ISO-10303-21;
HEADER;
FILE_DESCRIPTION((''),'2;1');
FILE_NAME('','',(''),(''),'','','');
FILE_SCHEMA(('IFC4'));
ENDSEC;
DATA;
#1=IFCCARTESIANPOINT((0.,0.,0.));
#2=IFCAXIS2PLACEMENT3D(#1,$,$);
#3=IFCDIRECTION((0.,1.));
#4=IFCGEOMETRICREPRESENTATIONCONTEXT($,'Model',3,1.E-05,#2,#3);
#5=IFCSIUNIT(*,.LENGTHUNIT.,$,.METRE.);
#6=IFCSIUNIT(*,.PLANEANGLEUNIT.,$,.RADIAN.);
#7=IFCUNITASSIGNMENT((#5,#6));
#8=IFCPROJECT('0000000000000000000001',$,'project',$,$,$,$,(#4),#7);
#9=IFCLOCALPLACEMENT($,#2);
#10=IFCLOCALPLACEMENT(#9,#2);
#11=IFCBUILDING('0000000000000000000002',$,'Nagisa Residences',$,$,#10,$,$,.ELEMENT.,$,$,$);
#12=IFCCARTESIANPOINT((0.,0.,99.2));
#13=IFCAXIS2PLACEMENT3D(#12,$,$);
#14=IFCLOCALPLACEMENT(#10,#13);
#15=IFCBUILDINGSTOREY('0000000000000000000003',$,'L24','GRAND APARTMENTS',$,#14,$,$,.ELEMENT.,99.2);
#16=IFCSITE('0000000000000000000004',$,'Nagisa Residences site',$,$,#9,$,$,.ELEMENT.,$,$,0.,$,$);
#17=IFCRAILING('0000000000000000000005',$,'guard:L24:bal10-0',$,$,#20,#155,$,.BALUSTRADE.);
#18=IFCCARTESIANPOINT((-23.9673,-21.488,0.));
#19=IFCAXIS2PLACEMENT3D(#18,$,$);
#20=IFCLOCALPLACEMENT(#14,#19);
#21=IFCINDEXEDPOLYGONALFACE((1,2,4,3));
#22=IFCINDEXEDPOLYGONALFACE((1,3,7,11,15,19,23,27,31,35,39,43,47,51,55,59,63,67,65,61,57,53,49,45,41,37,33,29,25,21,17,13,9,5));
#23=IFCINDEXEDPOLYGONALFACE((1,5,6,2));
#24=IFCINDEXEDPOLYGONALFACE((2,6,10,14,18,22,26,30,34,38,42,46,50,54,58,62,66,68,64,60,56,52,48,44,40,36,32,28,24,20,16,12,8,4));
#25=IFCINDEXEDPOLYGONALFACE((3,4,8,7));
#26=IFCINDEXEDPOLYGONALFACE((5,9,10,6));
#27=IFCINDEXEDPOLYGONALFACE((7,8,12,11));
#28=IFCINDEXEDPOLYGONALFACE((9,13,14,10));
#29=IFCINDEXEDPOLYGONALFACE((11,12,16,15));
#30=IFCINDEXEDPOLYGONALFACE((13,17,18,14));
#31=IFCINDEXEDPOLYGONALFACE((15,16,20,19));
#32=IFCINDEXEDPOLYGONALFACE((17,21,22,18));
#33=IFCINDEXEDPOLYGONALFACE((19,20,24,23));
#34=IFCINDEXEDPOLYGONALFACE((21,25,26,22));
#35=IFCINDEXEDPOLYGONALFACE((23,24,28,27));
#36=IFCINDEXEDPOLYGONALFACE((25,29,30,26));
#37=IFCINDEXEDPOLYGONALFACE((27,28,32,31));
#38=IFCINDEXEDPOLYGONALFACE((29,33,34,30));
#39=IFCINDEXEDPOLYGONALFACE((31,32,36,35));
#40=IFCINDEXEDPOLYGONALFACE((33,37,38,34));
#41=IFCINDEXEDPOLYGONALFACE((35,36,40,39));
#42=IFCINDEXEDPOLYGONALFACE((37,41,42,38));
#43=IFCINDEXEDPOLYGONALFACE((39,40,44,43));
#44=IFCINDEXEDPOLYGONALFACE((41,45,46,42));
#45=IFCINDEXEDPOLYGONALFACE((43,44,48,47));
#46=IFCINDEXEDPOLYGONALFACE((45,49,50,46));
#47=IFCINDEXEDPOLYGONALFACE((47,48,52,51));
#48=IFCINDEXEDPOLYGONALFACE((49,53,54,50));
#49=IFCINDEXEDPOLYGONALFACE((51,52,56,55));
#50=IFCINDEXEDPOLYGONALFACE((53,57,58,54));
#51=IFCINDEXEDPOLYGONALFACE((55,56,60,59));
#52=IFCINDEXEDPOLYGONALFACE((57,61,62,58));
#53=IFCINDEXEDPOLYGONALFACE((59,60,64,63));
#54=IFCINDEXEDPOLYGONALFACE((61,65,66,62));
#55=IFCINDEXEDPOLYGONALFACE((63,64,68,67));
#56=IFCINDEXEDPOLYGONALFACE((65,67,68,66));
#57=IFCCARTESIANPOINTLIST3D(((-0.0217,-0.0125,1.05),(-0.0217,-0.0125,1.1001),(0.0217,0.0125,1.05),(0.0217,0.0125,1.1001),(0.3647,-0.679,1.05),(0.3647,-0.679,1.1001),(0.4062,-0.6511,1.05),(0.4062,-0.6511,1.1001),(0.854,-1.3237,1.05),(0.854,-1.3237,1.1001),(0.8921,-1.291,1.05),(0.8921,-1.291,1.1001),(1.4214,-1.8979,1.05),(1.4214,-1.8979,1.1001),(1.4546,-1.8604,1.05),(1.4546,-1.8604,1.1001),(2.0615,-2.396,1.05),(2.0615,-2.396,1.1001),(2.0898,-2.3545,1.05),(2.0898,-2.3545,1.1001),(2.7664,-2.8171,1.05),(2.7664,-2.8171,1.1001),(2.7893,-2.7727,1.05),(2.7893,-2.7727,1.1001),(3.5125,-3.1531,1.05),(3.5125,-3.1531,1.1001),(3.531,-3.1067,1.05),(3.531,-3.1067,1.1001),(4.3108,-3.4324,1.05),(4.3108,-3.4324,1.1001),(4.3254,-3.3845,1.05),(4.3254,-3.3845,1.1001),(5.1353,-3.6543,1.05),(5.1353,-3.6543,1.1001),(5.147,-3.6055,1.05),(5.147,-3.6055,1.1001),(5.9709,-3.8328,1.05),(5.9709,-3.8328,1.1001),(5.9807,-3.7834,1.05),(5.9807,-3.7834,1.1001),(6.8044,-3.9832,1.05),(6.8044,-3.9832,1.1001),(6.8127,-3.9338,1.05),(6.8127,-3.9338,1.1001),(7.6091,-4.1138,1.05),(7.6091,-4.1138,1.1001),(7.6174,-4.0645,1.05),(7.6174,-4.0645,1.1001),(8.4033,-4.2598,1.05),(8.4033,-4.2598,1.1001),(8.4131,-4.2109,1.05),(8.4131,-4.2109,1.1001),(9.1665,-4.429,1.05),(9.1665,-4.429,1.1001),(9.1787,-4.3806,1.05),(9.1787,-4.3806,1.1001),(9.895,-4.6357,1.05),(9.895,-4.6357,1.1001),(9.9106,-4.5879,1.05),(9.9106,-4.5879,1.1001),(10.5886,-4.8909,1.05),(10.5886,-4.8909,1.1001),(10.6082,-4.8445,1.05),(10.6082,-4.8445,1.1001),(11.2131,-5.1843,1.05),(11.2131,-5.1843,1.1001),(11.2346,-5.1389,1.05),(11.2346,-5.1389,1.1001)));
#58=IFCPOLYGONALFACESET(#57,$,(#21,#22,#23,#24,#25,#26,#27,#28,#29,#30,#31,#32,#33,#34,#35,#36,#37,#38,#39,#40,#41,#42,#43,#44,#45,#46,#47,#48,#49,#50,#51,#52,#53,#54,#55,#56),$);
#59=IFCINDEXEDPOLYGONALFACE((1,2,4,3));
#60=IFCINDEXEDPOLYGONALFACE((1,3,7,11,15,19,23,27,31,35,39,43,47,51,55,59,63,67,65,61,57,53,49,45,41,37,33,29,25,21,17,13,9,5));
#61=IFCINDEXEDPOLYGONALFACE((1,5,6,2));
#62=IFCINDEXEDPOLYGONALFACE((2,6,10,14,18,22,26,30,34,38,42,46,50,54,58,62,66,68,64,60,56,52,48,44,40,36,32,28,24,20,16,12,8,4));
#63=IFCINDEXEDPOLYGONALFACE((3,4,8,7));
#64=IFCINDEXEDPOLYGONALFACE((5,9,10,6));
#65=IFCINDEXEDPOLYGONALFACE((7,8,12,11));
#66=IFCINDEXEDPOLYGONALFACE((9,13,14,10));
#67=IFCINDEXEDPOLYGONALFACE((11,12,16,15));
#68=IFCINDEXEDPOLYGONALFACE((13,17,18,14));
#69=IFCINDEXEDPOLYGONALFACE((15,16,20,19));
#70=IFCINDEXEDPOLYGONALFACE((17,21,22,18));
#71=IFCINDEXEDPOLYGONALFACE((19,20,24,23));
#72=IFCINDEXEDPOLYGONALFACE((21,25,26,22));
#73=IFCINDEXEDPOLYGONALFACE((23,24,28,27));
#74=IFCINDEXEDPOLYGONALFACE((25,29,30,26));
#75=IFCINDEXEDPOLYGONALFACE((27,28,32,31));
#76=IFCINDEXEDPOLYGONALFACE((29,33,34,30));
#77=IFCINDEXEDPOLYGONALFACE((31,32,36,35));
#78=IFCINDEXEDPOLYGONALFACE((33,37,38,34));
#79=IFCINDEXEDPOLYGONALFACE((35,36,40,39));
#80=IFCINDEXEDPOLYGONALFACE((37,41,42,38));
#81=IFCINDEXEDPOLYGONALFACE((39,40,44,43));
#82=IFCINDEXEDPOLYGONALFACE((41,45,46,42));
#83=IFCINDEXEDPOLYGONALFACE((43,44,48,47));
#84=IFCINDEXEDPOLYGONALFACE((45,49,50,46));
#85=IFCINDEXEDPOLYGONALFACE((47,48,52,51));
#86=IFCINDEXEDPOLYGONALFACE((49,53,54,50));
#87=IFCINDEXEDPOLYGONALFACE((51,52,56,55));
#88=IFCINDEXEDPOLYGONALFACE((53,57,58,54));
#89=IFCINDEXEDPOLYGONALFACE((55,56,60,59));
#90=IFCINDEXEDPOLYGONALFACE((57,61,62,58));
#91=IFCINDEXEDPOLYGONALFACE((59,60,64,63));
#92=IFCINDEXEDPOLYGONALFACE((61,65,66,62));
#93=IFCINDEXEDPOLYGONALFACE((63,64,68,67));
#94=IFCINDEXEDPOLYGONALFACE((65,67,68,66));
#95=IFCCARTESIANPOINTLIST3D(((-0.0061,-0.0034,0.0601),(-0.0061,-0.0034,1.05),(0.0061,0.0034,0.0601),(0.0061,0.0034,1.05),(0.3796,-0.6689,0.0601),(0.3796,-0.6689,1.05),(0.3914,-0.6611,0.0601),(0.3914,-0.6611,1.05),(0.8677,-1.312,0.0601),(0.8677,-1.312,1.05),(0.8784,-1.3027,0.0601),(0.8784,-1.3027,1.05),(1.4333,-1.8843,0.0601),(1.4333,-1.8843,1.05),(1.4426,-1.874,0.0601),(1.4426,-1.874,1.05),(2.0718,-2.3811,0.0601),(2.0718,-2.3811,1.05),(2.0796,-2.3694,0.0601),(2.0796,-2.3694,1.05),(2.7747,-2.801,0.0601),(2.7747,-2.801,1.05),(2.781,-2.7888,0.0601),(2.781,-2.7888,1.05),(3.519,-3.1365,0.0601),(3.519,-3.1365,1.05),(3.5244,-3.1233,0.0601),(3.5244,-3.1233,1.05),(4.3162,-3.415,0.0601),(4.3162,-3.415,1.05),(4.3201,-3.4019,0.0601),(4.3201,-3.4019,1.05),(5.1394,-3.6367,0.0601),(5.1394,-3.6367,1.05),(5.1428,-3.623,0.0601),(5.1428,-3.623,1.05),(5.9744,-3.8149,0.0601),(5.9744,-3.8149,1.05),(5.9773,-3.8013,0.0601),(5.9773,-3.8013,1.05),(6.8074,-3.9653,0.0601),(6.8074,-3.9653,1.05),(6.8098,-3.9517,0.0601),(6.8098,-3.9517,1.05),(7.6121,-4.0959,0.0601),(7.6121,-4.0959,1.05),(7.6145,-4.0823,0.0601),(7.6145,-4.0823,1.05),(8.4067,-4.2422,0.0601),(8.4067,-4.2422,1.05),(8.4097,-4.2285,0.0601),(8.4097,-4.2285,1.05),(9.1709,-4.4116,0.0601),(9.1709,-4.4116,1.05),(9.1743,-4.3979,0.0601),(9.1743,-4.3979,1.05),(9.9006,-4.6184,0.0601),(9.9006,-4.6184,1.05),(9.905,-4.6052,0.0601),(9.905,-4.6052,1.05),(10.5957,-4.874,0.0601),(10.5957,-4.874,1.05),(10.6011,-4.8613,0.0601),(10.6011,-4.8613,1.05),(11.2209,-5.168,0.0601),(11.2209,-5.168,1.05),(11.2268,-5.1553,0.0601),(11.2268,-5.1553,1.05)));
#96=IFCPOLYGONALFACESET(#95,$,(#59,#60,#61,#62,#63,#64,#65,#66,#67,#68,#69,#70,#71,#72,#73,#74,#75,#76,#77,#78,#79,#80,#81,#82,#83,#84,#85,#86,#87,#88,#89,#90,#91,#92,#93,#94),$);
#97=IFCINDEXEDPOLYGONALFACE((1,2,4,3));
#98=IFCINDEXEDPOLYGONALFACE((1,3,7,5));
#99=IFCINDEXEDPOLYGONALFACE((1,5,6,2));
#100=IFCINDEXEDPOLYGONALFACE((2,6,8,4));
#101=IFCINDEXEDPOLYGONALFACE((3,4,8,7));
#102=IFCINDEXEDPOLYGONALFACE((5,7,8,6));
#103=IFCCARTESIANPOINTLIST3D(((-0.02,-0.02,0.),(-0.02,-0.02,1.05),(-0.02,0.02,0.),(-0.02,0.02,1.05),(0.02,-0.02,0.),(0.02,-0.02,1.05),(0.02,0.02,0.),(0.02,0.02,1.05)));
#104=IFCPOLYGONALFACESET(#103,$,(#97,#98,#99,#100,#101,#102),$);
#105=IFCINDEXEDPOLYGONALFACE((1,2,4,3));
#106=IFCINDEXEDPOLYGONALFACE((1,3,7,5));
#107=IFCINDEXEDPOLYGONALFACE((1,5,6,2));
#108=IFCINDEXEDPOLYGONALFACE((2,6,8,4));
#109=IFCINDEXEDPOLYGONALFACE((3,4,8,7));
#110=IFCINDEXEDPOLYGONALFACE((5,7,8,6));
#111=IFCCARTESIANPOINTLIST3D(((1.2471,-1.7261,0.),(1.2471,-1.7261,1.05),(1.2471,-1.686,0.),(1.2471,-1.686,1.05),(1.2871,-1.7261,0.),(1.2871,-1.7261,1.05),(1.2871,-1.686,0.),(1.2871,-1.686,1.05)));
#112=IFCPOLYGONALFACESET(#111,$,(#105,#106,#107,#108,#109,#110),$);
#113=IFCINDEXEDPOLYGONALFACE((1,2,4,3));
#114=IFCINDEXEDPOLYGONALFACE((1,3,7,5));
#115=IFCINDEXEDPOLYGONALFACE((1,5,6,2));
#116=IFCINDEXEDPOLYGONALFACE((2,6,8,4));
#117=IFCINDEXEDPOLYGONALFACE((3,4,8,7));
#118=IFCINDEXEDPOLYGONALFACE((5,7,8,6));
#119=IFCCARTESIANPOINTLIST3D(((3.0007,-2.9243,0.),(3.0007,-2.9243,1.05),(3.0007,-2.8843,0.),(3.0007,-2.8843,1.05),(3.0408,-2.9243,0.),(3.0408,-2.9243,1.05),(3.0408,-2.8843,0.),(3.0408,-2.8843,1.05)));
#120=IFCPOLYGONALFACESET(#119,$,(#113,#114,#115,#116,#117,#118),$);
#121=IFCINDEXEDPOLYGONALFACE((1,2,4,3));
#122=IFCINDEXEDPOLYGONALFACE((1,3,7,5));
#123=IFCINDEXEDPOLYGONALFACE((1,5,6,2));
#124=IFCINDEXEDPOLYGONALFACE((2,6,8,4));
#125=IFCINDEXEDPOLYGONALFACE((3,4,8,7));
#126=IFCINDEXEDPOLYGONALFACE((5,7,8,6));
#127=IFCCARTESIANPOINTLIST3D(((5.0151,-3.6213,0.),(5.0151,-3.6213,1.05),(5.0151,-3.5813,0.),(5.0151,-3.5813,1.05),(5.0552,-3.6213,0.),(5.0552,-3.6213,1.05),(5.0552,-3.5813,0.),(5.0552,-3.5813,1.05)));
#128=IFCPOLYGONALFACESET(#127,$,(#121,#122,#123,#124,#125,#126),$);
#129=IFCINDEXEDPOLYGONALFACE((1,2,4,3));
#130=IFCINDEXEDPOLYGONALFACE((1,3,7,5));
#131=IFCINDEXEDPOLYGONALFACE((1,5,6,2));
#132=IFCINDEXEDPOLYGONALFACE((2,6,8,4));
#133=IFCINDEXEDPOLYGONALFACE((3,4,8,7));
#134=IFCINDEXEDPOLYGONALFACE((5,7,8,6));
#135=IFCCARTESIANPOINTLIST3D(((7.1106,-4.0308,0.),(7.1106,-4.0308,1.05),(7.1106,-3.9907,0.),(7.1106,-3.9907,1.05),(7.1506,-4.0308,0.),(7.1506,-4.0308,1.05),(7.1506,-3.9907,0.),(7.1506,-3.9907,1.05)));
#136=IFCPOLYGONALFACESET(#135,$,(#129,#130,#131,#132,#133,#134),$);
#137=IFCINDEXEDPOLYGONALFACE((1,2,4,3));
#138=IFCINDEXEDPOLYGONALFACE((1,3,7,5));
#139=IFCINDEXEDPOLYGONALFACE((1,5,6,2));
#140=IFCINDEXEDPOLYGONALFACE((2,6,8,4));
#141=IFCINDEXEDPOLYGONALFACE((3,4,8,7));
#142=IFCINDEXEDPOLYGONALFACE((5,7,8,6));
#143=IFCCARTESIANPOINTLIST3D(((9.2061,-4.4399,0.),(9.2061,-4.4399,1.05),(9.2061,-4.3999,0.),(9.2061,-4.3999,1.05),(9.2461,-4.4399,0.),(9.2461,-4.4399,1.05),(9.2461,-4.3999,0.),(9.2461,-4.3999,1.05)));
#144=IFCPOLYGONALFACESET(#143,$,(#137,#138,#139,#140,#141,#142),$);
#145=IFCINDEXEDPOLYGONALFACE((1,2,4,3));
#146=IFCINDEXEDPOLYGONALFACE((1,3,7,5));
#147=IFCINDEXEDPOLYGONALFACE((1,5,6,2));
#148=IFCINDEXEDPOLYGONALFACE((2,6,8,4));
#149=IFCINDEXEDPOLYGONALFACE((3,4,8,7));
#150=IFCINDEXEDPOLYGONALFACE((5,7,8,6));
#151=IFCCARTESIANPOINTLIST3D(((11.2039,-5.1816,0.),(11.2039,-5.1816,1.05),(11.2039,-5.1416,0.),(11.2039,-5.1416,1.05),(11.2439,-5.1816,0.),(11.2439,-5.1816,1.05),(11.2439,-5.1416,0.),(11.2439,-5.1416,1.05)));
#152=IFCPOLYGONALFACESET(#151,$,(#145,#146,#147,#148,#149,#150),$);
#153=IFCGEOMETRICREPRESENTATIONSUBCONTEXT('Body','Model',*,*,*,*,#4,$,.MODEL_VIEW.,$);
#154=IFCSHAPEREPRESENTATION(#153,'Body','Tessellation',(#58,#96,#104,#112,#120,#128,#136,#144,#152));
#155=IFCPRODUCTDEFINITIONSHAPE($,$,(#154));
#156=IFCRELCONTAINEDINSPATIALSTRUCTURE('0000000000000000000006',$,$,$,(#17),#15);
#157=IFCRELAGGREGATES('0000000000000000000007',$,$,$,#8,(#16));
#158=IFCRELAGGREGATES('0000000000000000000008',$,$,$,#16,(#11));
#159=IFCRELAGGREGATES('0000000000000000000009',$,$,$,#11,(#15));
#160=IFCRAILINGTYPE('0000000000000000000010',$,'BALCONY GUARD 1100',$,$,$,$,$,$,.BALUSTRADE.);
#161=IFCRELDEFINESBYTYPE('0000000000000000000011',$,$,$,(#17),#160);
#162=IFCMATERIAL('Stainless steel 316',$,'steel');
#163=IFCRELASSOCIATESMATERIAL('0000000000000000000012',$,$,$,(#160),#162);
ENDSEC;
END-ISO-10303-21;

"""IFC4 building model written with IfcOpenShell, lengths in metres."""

from ifc_helpers import new_model, si_unit, direction, frame, origin, origin_2d, place, context, subcontext, project, spatial, polyline, rectangle, outline, extrude, material, type_object, element, save


model = new_model("IFC4")

# Units and contexts
model_context = context("Model", 3, precision=1e-05, world=origin(), true_north=direction((0.0, 1.0)))
body_context = subcontext(model_context, "Body", "Model", "MODEL_VIEW")
ifc_project = project(units=[si_unit("LENGTHUNIT", "METRE"), si_unit("PLANEANGLEUNIT", "RADIAN")], contexts=[model_context])

# Site, building, storey
site_placement = place(None, origin())
site = spatial("IfcSite", under=ifc_project, at=site_placement, Name="Nagisa Residences site", CompositionType="ELEMENT", RefElevation=0.0)
building_placement = place(site_placement, origin())
building = spatial("IfcBuilding", under=site, at=building_placement, Name="Nagisa Residences", CompositionType="ELEMENT")
storey_placement = place(building_placement, frame((0.0, 0.0, 99.2)))
storey = spatial("IfcBuildingStorey", under=building, at=storey_placement, Name="L24", Description="GRAND APARTMENTS", CompositionType="ELEMENT", Elevation=99.2)

# Railing
ifc_material_1 = material(Name="Stainless steel 316", Category="steel")
railing_type = type_object("IfcRailingType", Name="BALCONY GUARD 1100", PredefinedType="BALUSTRADE", material=ifc_material_1)
railing_1_placement = place(storey_placement, frame((-23.9673, -21.488, 0.0)))
element("IfcRailing", 1, at=railing_1_placement, inside=storey, type_object=railing_type, Name="guard:L24:bal10-0", PredefinedType="BALUSTRADE", context=body_context, shape_type="SweptSolid", body=[
    extrude(outline(polyline([(0.4062, -0.6511), (0.0217, 0.0125), (-0.0217, -0.0125), (0.3647, -0.679), (0.854, -1.3237), (1.4214, -1.8979), (2.0615, -2.396), (2.7664, -2.8171), (3.5125, -3.1531), (4.3108, -3.4324), (5.1353, -3.6543), (5.9709, -3.8328), (6.8044, -3.9832), (7.6091, -4.1138), (8.4033, -4.2598), (9.1665, -4.429), (9.895, -4.6357), (10.5886, -4.8909), (11.2131, -5.1843), (11.2346, -5.1389), (10.6082, -4.8445), (9.9106, -4.5879), (9.1787, -4.3806), (8.4131, -4.2109), (7.6174, -4.0645), (6.8127, -3.9338), (5.9807, -3.7834), (5.147, -3.6055), (4.3254, -3.3845), (3.531, -3.1067), (2.7893, -2.7727), (2.0898, -2.3545), (1.4546, -1.8604), (0.8921, -1.291), (0.4062, -0.6511)])), frame((0.0, 0.0, 1.05)), (0.0, 0.0, 1.0), 0.05),
    extrude(outline(polyline([(0.3914, -0.6611), (0.0061, 0.0034), (-0.0061, -0.0034), (0.3796, -0.6689), (0.8677, -1.312), (1.4333, -1.8843), (2.0718, -2.3811), (2.7747, -2.801), (3.519, -3.1365), (4.3162, -3.415), (5.1394, -3.6367), (5.9744, -3.8149), (6.8074, -3.9653), (7.6121, -4.0959), (8.4067, -4.2422), (9.1709, -4.4116), (9.9006, -4.6184), (10.5957, -4.874), (11.2209, -5.168), (11.2268, -5.1553), (10.6011, -4.8613), (9.905, -4.6052), (9.1743, -4.3979), (8.4097, -4.2285), (7.6145, -4.0823), (6.8098, -3.9517), (5.9773, -3.8013), (5.1428, -3.623), (4.3201, -3.4019), (3.5244, -3.1233), (2.781, -2.7888), (2.0796, -2.3694), (1.4426, -1.874), (0.8784, -1.3027), (0.3914, -0.6611)])), frame((0.0, 0.0, 0.0601)), (0.0, 0.0, 1.0), 0.99),
    extrude(rectangle(XDim=0.04, YDim=0.04, at=origin_2d()), origin(), (0.0, 0.0, 1.0), 1.05),
    extrude(rectangle(XDim=0.04, YDim=0.04, at=origin_2d()), frame((1.2671, -1.7061, 0.0)), (0.0, 0.0, 1.0), 1.05),
    extrude(rectangle(XDim=0.04, YDim=0.04, at=origin_2d()), frame((3.0208, -2.9043, 0.0)), (0.0, 0.0, 1.0), 1.05),
    extrude(rectangle(XDim=0.04, YDim=0.04, at=origin_2d()), frame((5.0352, -3.6013, 0.0)), (0.0, 0.0, 1.0), 1.05),
    extrude(rectangle(XDim=0.04, YDim=0.04, at=origin_2d()), frame((7.1306, -4.0107, 0.0)), (0.0, 0.0, 1.0), 1.05),
    extrude(rectangle(XDim=0.04, YDim=0.04, at=origin_2d()), frame((9.2261, -4.4199, 0.0)), (0.0, 0.0, 1.0), 1.05),
    extrude(rectangle(XDim=0.04, YDim=0.04, at=origin_2d()), frame((11.2239, -5.1616, 0.0)), (0.0, 0.0, 1.0), 1.05),
])

save(model, "model.ifc")
